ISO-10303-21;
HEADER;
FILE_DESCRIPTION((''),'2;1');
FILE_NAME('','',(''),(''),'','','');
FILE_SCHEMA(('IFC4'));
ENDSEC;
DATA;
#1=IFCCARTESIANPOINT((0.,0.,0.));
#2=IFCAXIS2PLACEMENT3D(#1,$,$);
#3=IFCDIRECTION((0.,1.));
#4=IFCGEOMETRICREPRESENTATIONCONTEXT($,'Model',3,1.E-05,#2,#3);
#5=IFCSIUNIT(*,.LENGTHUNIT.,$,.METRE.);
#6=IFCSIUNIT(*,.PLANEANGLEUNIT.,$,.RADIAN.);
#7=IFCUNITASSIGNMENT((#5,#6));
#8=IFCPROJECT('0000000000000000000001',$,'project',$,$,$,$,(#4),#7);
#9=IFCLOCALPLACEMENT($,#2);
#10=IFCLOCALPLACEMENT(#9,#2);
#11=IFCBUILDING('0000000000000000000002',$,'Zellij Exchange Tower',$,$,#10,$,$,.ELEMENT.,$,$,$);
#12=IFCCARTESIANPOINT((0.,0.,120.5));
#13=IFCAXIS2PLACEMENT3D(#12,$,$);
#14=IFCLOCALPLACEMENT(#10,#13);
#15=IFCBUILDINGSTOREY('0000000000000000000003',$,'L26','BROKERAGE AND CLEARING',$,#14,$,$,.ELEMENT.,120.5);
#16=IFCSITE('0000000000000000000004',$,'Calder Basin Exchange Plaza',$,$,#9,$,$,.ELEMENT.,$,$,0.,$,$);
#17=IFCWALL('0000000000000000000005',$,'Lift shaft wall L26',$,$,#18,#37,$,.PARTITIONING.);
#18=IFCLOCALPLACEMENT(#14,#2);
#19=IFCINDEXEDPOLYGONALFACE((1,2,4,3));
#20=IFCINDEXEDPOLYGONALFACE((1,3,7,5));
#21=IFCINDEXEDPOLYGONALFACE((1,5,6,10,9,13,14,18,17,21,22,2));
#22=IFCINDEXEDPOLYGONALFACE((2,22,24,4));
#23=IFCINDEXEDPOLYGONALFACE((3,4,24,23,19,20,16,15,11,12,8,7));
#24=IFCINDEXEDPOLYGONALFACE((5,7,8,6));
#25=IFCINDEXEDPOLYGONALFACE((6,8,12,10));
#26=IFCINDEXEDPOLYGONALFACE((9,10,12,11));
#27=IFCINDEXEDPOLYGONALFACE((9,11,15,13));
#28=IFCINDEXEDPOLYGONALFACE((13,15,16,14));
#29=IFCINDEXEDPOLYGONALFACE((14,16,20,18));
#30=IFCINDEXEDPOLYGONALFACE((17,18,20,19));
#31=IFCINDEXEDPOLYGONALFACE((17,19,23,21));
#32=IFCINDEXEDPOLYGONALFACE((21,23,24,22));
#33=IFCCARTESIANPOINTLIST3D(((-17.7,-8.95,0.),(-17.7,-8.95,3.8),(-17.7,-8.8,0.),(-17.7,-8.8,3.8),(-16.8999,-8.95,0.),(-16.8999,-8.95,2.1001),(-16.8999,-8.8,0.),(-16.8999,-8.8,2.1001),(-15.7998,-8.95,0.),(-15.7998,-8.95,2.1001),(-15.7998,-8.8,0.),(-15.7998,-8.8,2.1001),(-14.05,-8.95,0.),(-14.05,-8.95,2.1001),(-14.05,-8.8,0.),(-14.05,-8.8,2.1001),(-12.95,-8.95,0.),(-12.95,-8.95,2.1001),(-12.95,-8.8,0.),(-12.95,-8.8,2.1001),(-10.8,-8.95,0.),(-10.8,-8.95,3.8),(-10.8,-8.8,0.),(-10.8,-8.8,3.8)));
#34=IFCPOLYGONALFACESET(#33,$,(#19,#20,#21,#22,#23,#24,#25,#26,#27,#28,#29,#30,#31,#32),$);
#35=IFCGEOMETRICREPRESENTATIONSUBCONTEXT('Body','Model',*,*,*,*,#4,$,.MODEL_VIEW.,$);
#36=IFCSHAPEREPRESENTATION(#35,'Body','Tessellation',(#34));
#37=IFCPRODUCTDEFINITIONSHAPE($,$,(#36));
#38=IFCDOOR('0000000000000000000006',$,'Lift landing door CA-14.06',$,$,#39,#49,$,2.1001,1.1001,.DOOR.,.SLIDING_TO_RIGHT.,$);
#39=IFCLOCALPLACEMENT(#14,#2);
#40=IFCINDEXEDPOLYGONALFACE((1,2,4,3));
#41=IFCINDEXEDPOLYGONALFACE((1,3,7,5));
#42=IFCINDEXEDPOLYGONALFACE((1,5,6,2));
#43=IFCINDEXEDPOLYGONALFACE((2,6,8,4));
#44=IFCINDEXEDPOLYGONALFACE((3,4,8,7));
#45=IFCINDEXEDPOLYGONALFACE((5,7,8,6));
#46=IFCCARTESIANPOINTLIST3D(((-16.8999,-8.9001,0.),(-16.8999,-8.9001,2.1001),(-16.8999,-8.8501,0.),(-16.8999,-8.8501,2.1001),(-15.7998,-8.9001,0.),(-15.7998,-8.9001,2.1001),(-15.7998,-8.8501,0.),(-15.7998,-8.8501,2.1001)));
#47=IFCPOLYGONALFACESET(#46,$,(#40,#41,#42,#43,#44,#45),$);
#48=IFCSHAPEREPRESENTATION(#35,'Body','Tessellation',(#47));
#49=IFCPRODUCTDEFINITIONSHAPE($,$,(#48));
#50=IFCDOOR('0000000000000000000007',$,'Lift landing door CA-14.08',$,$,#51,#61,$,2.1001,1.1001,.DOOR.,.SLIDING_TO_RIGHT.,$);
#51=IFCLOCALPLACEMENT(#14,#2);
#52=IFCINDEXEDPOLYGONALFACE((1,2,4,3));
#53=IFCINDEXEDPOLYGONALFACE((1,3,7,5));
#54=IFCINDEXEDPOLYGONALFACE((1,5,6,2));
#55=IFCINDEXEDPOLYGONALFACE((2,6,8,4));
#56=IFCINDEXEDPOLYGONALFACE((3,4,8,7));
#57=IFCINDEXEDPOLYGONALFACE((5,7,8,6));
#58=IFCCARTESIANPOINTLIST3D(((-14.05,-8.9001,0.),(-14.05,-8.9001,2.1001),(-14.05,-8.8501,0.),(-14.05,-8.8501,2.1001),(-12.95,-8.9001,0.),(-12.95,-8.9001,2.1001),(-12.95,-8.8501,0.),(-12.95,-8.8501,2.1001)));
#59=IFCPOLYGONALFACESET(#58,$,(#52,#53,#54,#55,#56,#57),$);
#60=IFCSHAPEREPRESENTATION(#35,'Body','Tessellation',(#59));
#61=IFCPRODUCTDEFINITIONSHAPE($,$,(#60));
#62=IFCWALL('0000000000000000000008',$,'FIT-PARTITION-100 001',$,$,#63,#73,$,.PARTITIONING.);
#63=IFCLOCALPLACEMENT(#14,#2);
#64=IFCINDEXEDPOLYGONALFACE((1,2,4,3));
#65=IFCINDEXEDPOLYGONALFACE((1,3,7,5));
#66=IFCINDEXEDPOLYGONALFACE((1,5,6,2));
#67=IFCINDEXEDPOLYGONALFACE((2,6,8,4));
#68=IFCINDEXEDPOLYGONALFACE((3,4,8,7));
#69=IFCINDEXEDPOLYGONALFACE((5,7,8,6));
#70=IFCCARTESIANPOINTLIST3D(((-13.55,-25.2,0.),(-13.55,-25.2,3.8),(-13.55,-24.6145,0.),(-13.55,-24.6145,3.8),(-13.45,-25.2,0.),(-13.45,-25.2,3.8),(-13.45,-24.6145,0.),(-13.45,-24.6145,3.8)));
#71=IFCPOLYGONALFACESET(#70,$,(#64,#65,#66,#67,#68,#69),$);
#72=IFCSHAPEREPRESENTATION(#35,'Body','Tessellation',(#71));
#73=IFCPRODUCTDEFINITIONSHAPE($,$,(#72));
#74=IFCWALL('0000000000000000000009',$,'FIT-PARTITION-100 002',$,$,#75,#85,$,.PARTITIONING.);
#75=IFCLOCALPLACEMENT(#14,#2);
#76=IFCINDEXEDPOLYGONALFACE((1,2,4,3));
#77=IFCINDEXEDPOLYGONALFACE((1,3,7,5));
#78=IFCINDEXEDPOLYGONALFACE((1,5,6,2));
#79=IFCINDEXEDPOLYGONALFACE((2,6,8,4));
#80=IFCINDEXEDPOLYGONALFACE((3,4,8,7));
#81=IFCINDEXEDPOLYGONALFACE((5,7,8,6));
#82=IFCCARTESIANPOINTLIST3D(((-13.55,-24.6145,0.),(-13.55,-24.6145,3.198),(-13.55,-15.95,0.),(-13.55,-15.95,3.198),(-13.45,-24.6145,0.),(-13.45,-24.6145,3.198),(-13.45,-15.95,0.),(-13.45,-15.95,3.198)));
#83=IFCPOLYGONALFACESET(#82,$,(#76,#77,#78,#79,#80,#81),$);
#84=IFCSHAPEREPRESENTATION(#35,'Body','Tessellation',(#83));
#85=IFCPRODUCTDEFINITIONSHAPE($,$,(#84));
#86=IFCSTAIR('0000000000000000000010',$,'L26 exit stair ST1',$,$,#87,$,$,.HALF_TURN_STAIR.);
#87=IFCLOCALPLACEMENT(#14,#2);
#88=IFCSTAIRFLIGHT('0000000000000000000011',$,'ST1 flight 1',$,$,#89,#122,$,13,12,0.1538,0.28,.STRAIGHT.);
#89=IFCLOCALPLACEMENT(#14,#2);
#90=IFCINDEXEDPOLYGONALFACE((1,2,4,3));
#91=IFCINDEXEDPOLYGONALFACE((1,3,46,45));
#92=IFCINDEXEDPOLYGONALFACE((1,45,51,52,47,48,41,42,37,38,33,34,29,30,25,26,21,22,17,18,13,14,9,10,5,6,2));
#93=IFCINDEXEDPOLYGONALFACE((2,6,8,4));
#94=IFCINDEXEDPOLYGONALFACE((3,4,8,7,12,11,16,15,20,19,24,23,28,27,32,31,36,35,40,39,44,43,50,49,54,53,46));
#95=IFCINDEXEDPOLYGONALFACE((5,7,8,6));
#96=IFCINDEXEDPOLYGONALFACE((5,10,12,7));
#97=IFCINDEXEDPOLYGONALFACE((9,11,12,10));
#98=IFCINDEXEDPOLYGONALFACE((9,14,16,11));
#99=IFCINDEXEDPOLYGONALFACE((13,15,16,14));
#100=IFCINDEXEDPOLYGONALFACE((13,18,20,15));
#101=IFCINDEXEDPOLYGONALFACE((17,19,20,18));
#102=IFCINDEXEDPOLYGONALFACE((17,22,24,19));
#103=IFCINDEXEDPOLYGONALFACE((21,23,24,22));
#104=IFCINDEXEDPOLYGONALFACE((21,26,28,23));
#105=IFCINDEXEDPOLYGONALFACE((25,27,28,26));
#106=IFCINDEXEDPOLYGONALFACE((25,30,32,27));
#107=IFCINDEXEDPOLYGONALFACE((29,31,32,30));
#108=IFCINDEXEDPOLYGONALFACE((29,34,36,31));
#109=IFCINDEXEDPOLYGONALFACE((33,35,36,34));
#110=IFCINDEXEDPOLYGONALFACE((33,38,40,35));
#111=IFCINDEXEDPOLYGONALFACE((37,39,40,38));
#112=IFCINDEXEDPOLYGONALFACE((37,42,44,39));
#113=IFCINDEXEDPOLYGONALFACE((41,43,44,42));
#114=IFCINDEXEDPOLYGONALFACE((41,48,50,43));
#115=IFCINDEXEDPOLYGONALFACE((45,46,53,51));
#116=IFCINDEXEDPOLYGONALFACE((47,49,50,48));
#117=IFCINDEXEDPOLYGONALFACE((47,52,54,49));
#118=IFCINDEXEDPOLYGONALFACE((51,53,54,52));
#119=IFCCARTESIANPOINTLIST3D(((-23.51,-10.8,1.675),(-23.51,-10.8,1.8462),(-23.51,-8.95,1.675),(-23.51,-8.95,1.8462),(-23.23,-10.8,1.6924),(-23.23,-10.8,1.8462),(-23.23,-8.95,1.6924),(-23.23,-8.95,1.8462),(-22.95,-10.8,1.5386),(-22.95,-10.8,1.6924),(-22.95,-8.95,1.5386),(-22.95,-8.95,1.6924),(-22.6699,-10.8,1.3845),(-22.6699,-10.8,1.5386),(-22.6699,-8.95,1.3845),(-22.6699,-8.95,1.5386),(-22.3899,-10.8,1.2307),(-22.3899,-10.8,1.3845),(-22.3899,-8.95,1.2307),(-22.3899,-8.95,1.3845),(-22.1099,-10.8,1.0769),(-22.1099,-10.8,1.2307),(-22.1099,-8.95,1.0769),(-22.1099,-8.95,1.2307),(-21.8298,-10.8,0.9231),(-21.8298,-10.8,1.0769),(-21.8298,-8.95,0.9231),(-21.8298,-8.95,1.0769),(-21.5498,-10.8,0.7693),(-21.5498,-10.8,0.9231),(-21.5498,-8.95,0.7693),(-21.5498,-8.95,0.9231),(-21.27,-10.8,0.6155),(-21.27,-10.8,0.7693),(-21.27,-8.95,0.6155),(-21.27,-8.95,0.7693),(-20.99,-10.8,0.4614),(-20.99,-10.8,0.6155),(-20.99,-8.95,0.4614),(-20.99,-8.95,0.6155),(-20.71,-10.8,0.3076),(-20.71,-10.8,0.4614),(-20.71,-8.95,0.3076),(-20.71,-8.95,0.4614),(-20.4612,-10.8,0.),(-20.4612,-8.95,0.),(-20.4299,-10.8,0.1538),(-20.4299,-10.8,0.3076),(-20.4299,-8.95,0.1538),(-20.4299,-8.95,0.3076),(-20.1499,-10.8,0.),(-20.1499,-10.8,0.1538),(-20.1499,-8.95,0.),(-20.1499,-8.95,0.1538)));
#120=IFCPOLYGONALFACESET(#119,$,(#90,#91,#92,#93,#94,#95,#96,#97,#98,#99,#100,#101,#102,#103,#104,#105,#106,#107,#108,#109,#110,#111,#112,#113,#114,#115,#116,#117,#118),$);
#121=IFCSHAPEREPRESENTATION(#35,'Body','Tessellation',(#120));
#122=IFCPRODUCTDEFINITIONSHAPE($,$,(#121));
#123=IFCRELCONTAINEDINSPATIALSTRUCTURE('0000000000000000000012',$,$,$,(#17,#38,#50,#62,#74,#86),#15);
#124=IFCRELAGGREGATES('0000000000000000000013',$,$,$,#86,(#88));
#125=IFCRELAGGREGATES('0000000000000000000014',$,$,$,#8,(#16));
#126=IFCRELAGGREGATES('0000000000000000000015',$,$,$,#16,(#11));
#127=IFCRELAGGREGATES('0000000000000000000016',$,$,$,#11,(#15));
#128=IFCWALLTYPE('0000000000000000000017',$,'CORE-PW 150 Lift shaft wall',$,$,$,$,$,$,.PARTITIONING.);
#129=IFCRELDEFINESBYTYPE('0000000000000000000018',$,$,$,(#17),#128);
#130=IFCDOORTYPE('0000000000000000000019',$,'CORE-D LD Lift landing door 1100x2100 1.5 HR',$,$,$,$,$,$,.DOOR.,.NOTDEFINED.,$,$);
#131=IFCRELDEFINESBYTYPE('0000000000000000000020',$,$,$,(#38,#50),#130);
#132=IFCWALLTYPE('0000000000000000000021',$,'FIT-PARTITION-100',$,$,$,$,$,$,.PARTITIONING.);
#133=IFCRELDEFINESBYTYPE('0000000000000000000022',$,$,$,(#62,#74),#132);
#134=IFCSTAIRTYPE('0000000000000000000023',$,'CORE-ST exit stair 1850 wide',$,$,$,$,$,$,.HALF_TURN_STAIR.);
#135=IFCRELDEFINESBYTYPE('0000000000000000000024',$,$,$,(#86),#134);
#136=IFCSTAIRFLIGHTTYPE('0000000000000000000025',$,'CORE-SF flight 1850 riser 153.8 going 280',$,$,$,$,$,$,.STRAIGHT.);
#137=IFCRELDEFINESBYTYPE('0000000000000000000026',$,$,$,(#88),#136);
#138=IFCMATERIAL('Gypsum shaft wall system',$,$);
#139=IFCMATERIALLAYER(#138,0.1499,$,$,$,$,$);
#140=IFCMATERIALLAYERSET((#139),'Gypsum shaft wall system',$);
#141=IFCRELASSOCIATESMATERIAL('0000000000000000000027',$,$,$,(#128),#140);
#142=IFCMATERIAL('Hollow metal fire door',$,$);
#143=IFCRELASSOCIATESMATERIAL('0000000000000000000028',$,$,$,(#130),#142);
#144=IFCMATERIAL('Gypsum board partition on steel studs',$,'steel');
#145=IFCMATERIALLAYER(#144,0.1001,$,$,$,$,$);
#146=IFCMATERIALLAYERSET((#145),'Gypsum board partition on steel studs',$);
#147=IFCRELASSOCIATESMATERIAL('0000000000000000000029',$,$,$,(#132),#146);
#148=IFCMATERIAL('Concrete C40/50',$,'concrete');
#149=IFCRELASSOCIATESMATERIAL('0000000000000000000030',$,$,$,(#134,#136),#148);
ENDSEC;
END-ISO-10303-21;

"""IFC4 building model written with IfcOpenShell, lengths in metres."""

from ifc_helpers import new_model, si_unit, direction, frame, frame_2d, origin, place, context, subcontext, project, spatial, polyline, rectangle, outline, extrude, material, layer, layer_set, type_object, element, fill, aggregate, save


model = new_model("IFC4")

# Units and contexts
model_context = context("Model", 3, precision=1e-05, world=origin(), true_north=direction((0.0, 1.0)))
body_context = subcontext(model_context, "Body", "Model", "MODEL_VIEW")
ifc_project = project(units=[si_unit("LENGTHUNIT", "METRE"), si_unit("PLANEANGLEUNIT", "RADIAN")], contexts=[model_context])

# Site, building, storey
site_placement = place(None, origin())
site = spatial("IfcSite", under=ifc_project, at=site_placement, Name="Calder Basin Exchange Plaza", CompositionType="ELEMENT", RefElevation=0.0)
building_placement = place(site_placement, origin())
building = spatial("IfcBuilding", under=site, at=building_placement, Name="Zellij Exchange Tower", CompositionType="ELEMENT")
storey_placement = place(building_placement, frame((0.0, 0.0, 120.5)))
storey = spatial("IfcBuildingStorey", under=building, at=storey_placement, Name="L26", Description="BROKERAGE AND CLEARING", CompositionType="ELEMENT", Elevation=120.5)

# Shared definitions
ifc_material_1 = material(Name="Hollow metal fire door")

# Shared definitions
ifc_material_2 = material(Name="Gypsum shaft wall system")
ifc_layer_1 = layer(ifc_material_2, 0.1499)
ifc_layer_set_1 = layer_set([ifc_layer_1], Name="Gypsum shaft wall system")
wall_type_1 = type_object("IfcWallType", Name="CORE-PW 150 Lift shaft wall", PredefinedType="PARTITIONING", material=ifc_layer_set_1)

# Wall, openings, doors
door_type_1 = type_object("IfcDoorType", Name="CORE-D LD Lift landing door 1100x2100 1.5 HR", OperationType="NOTDEFINED", PredefinedType="DOOR", material=ifc_material_1)
wall_1_placement = place(storey_placement, frame((-17.7, -8.875, 0.0), z_axis=(0.0, 0.0, 1.0), x_axis=(1.0, 0.0, 0.0)))
wall_1 = element("IfcWall", 1, at=wall_1_placement, inside=storey, type_object=wall_type_1, Name="Lift shaft wall L26", PredefinedType="PARTITIONING", context=body_context, shape_type="SweptSolid", body=[
    extrude(rectangle(XDim=6.8999, YDim=0.1499, at=frame_2d((3.45, 0.0))), origin(), (0.0, 0.0, 1.0), 3.8),
])
opening_1_placement = place(wall_1_placement, frame((0.8, 0.0, 0.0)))
opening_1 = element("IfcOpeningElement", 2, at=opening_1_placement, cuts=wall_1, PredefinedType="OPENING", context=body_context, shape_type="SweptSolid", body=[
    extrude(rectangle(XDim=1.1001, YDim=2.1001, at=frame_2d((0.55, 1.05))), frame((0.0, 0.0869, 0.0), z_axis=(0.0, -1.0, 0.0), x_axis=(1.0, 0.0, 0.0)), (0.0, 0.0, 1.0), 0.1738),
])
opening_2_placement = place(wall_1_placement, frame((3.6499, 0.0, 0.0)))
opening_2 = element("IfcOpeningElement", 3, at=opening_2_placement, cuts=wall_1, PredefinedType="OPENING", context=body_context, shape_type="SweptSolid", body=[
    extrude(rectangle(XDim=1.1001, YDim=2.1001, at=frame_2d((0.55, 1.05))), frame((0.0, 0.0869, 0.0), z_axis=(0.0, -1.0, 0.0), x_axis=(1.0, 0.0, 0.0)), (0.0, 0.0, 1.0), 0.1738),
])
door_1_placement = place(opening_1_placement, origin())
door_1 = element("IfcDoor", 4, at=door_1_placement, inside=storey, type_object=door_type_1, Name="Lift landing door CA-14.06", OperationType="SLIDING_TO_RIGHT", OverallHeight=2.1001, OverallWidth=1.1001, PredefinedType="DOOR", context=body_context, shape_type="SweptSolid", body=[
    extrude(rectangle(XDim=1.1001, YDim=2.1001, at=frame_2d((0.55, 1.05))), frame((0.0, 0.0249, 0.0), z_axis=(0.0, -1.0, 0.0), x_axis=(1.0, 0.0, 0.0)), (0.0, 0.0, 1.0), 0.05),
])
fill(opening_1, door_1)
door_2_placement = place(opening_2_placement, origin())
door_2 = element("IfcDoor", 5, at=door_2_placement, inside=storey, type_object=door_type_1, Name="Lift landing door CA-14.08", OperationType="SLIDING_TO_RIGHT", OverallHeight=2.1001, OverallWidth=1.1001, PredefinedType="DOOR", context=body_context, shape_type="SweptSolid", body=[
    extrude(rectangle(XDim=1.1001, YDim=2.1001, at=frame_2d((0.55, 1.05))), frame((0.0, 0.0249, 0.0), z_axis=(0.0, -1.0, 0.0), x_axis=(1.0, 0.0, 0.0)), (0.0, 0.0, 1.0), 0.05),
])
fill(opening_2, door_2)

# Walls
ifc_material_3 = material(Name="Gypsum board partition on steel studs", Category="steel")
ifc_layer_2 = layer(ifc_material_3, 0.1001)
ifc_layer_set_2 = layer_set([ifc_layer_2], Name="Gypsum board partition on steel studs")
wall_type_2 = type_object("IfcWallType", Name="FIT-PARTITION-100", PredefinedType="PARTITIONING", material=ifc_layer_set_2)
wall_2_placement = place(storey_placement, frame((-13.5, -25.2, 0.0), z_axis=(0.0, 0.0, 1.0), x_axis=(0.0, 1.0, 0.0)))
element("IfcWall", 6, at=wall_2_placement, inside=storey, type_object=wall_type_2, Name="FIT-PARTITION-100 001", PredefinedType="PARTITIONING", context=body_context, shape_type="SweptSolid", body=[
    extrude(rectangle(XDim=0.5854, YDim=0.1001, at=frame_2d((0.2927, 0.0))), origin(), (0.0, 0.0, 1.0), 3.8),
])
wall_3_placement = place(storey_placement, frame((-13.5, -24.6145, 0.0), z_axis=(0.0, 0.0, 1.0), x_axis=(0.0, 1.0, 0.0)))
element("IfcWall", 7, at=wall_3_placement, inside=storey, type_object=wall_type_2, Name="FIT-PARTITION-100 002", PredefinedType="PARTITIONING", context=body_context, shape_type="SweptSolid", body=[
    extrude(rectangle(XDim=8.6646, YDim=0.1001, at=frame_2d((4.3323, 0.0))), origin(), (0.0, 0.0, 1.0), 3.198),
])

# Stair, stair flight
ifc_material_4 = material(Name="Concrete C40/50", Category="concrete")
stair_type = type_object("IfcStairType", Name="CORE-ST exit stair 1850 wide", PredefinedType="HALF_TURN_STAIR", material=ifc_material_4)
stair_placement = place(storey_placement, origin())
stair = element("IfcStair", 8, at=stair_placement, inside=storey, type_object=stair_type, Name="L26 exit stair ST1", PredefinedType="HALF_TURN_STAIR")
stair_flight_type = type_object("IfcStairFlightType", Name="CORE-SF flight 1850 riser 153.8 going 280", PredefinedType="STRAIGHT", material=ifc_material_4)
stair_flight_placement = place(storey_placement, frame((-20.1499, -9.875, 0.0), z_axis=(0.0, 0.0, 1.0), x_axis=(-1.0, 0.0, 0.0)))
stair_flight = element("IfcStairFlight", 9, at=stair_flight_placement, type_object=stair_flight_type, Name="ST1 flight 1", NumberOfRisers=13, NumberOfTreads=12, PredefinedType="STRAIGHT", RiserHeight=0.1538, TreadLength=0.28, context=body_context, shape_type="SweptSolid", body=[
    extrude(outline(polyline([(0.0, 0.0), (0.0, 0.1538), (0.28, 0.1538), (0.28, 0.3076), (0.5601, 0.3076), (0.5601, 0.4614), (0.8401, 0.4614), (0.8401, 0.6155), (1.1201, 0.6155), (1.1201, 0.7693), (1.3999, 0.7693), (1.3999, 0.9231), (1.6799, 0.9231), (1.6799, 1.0769), (1.96, 1.0769), (1.96, 1.2307), (2.24, 1.2307), (2.24, 1.3845), (2.52, 1.3845), (2.52, 1.5386), (2.8, 1.5386), (2.8, 1.6924), (3.0801, 1.6924), (3.0801, 1.8462), (3.3601, 1.8462), (3.3601, 2.0), (3.3601, 1.675), (0.3113, 0.0), (0.0, 0.0)])), frame((0.0, 0.925, 0.0), z_axis=(0.0, -1.0, 0.0), x_axis=(1.0, 0.0, 0.0)), (0.0, 0.0, 1.0), 1.8501),
])
aggregate(stair, [stair_flight])

save(model, "model.ifc")
